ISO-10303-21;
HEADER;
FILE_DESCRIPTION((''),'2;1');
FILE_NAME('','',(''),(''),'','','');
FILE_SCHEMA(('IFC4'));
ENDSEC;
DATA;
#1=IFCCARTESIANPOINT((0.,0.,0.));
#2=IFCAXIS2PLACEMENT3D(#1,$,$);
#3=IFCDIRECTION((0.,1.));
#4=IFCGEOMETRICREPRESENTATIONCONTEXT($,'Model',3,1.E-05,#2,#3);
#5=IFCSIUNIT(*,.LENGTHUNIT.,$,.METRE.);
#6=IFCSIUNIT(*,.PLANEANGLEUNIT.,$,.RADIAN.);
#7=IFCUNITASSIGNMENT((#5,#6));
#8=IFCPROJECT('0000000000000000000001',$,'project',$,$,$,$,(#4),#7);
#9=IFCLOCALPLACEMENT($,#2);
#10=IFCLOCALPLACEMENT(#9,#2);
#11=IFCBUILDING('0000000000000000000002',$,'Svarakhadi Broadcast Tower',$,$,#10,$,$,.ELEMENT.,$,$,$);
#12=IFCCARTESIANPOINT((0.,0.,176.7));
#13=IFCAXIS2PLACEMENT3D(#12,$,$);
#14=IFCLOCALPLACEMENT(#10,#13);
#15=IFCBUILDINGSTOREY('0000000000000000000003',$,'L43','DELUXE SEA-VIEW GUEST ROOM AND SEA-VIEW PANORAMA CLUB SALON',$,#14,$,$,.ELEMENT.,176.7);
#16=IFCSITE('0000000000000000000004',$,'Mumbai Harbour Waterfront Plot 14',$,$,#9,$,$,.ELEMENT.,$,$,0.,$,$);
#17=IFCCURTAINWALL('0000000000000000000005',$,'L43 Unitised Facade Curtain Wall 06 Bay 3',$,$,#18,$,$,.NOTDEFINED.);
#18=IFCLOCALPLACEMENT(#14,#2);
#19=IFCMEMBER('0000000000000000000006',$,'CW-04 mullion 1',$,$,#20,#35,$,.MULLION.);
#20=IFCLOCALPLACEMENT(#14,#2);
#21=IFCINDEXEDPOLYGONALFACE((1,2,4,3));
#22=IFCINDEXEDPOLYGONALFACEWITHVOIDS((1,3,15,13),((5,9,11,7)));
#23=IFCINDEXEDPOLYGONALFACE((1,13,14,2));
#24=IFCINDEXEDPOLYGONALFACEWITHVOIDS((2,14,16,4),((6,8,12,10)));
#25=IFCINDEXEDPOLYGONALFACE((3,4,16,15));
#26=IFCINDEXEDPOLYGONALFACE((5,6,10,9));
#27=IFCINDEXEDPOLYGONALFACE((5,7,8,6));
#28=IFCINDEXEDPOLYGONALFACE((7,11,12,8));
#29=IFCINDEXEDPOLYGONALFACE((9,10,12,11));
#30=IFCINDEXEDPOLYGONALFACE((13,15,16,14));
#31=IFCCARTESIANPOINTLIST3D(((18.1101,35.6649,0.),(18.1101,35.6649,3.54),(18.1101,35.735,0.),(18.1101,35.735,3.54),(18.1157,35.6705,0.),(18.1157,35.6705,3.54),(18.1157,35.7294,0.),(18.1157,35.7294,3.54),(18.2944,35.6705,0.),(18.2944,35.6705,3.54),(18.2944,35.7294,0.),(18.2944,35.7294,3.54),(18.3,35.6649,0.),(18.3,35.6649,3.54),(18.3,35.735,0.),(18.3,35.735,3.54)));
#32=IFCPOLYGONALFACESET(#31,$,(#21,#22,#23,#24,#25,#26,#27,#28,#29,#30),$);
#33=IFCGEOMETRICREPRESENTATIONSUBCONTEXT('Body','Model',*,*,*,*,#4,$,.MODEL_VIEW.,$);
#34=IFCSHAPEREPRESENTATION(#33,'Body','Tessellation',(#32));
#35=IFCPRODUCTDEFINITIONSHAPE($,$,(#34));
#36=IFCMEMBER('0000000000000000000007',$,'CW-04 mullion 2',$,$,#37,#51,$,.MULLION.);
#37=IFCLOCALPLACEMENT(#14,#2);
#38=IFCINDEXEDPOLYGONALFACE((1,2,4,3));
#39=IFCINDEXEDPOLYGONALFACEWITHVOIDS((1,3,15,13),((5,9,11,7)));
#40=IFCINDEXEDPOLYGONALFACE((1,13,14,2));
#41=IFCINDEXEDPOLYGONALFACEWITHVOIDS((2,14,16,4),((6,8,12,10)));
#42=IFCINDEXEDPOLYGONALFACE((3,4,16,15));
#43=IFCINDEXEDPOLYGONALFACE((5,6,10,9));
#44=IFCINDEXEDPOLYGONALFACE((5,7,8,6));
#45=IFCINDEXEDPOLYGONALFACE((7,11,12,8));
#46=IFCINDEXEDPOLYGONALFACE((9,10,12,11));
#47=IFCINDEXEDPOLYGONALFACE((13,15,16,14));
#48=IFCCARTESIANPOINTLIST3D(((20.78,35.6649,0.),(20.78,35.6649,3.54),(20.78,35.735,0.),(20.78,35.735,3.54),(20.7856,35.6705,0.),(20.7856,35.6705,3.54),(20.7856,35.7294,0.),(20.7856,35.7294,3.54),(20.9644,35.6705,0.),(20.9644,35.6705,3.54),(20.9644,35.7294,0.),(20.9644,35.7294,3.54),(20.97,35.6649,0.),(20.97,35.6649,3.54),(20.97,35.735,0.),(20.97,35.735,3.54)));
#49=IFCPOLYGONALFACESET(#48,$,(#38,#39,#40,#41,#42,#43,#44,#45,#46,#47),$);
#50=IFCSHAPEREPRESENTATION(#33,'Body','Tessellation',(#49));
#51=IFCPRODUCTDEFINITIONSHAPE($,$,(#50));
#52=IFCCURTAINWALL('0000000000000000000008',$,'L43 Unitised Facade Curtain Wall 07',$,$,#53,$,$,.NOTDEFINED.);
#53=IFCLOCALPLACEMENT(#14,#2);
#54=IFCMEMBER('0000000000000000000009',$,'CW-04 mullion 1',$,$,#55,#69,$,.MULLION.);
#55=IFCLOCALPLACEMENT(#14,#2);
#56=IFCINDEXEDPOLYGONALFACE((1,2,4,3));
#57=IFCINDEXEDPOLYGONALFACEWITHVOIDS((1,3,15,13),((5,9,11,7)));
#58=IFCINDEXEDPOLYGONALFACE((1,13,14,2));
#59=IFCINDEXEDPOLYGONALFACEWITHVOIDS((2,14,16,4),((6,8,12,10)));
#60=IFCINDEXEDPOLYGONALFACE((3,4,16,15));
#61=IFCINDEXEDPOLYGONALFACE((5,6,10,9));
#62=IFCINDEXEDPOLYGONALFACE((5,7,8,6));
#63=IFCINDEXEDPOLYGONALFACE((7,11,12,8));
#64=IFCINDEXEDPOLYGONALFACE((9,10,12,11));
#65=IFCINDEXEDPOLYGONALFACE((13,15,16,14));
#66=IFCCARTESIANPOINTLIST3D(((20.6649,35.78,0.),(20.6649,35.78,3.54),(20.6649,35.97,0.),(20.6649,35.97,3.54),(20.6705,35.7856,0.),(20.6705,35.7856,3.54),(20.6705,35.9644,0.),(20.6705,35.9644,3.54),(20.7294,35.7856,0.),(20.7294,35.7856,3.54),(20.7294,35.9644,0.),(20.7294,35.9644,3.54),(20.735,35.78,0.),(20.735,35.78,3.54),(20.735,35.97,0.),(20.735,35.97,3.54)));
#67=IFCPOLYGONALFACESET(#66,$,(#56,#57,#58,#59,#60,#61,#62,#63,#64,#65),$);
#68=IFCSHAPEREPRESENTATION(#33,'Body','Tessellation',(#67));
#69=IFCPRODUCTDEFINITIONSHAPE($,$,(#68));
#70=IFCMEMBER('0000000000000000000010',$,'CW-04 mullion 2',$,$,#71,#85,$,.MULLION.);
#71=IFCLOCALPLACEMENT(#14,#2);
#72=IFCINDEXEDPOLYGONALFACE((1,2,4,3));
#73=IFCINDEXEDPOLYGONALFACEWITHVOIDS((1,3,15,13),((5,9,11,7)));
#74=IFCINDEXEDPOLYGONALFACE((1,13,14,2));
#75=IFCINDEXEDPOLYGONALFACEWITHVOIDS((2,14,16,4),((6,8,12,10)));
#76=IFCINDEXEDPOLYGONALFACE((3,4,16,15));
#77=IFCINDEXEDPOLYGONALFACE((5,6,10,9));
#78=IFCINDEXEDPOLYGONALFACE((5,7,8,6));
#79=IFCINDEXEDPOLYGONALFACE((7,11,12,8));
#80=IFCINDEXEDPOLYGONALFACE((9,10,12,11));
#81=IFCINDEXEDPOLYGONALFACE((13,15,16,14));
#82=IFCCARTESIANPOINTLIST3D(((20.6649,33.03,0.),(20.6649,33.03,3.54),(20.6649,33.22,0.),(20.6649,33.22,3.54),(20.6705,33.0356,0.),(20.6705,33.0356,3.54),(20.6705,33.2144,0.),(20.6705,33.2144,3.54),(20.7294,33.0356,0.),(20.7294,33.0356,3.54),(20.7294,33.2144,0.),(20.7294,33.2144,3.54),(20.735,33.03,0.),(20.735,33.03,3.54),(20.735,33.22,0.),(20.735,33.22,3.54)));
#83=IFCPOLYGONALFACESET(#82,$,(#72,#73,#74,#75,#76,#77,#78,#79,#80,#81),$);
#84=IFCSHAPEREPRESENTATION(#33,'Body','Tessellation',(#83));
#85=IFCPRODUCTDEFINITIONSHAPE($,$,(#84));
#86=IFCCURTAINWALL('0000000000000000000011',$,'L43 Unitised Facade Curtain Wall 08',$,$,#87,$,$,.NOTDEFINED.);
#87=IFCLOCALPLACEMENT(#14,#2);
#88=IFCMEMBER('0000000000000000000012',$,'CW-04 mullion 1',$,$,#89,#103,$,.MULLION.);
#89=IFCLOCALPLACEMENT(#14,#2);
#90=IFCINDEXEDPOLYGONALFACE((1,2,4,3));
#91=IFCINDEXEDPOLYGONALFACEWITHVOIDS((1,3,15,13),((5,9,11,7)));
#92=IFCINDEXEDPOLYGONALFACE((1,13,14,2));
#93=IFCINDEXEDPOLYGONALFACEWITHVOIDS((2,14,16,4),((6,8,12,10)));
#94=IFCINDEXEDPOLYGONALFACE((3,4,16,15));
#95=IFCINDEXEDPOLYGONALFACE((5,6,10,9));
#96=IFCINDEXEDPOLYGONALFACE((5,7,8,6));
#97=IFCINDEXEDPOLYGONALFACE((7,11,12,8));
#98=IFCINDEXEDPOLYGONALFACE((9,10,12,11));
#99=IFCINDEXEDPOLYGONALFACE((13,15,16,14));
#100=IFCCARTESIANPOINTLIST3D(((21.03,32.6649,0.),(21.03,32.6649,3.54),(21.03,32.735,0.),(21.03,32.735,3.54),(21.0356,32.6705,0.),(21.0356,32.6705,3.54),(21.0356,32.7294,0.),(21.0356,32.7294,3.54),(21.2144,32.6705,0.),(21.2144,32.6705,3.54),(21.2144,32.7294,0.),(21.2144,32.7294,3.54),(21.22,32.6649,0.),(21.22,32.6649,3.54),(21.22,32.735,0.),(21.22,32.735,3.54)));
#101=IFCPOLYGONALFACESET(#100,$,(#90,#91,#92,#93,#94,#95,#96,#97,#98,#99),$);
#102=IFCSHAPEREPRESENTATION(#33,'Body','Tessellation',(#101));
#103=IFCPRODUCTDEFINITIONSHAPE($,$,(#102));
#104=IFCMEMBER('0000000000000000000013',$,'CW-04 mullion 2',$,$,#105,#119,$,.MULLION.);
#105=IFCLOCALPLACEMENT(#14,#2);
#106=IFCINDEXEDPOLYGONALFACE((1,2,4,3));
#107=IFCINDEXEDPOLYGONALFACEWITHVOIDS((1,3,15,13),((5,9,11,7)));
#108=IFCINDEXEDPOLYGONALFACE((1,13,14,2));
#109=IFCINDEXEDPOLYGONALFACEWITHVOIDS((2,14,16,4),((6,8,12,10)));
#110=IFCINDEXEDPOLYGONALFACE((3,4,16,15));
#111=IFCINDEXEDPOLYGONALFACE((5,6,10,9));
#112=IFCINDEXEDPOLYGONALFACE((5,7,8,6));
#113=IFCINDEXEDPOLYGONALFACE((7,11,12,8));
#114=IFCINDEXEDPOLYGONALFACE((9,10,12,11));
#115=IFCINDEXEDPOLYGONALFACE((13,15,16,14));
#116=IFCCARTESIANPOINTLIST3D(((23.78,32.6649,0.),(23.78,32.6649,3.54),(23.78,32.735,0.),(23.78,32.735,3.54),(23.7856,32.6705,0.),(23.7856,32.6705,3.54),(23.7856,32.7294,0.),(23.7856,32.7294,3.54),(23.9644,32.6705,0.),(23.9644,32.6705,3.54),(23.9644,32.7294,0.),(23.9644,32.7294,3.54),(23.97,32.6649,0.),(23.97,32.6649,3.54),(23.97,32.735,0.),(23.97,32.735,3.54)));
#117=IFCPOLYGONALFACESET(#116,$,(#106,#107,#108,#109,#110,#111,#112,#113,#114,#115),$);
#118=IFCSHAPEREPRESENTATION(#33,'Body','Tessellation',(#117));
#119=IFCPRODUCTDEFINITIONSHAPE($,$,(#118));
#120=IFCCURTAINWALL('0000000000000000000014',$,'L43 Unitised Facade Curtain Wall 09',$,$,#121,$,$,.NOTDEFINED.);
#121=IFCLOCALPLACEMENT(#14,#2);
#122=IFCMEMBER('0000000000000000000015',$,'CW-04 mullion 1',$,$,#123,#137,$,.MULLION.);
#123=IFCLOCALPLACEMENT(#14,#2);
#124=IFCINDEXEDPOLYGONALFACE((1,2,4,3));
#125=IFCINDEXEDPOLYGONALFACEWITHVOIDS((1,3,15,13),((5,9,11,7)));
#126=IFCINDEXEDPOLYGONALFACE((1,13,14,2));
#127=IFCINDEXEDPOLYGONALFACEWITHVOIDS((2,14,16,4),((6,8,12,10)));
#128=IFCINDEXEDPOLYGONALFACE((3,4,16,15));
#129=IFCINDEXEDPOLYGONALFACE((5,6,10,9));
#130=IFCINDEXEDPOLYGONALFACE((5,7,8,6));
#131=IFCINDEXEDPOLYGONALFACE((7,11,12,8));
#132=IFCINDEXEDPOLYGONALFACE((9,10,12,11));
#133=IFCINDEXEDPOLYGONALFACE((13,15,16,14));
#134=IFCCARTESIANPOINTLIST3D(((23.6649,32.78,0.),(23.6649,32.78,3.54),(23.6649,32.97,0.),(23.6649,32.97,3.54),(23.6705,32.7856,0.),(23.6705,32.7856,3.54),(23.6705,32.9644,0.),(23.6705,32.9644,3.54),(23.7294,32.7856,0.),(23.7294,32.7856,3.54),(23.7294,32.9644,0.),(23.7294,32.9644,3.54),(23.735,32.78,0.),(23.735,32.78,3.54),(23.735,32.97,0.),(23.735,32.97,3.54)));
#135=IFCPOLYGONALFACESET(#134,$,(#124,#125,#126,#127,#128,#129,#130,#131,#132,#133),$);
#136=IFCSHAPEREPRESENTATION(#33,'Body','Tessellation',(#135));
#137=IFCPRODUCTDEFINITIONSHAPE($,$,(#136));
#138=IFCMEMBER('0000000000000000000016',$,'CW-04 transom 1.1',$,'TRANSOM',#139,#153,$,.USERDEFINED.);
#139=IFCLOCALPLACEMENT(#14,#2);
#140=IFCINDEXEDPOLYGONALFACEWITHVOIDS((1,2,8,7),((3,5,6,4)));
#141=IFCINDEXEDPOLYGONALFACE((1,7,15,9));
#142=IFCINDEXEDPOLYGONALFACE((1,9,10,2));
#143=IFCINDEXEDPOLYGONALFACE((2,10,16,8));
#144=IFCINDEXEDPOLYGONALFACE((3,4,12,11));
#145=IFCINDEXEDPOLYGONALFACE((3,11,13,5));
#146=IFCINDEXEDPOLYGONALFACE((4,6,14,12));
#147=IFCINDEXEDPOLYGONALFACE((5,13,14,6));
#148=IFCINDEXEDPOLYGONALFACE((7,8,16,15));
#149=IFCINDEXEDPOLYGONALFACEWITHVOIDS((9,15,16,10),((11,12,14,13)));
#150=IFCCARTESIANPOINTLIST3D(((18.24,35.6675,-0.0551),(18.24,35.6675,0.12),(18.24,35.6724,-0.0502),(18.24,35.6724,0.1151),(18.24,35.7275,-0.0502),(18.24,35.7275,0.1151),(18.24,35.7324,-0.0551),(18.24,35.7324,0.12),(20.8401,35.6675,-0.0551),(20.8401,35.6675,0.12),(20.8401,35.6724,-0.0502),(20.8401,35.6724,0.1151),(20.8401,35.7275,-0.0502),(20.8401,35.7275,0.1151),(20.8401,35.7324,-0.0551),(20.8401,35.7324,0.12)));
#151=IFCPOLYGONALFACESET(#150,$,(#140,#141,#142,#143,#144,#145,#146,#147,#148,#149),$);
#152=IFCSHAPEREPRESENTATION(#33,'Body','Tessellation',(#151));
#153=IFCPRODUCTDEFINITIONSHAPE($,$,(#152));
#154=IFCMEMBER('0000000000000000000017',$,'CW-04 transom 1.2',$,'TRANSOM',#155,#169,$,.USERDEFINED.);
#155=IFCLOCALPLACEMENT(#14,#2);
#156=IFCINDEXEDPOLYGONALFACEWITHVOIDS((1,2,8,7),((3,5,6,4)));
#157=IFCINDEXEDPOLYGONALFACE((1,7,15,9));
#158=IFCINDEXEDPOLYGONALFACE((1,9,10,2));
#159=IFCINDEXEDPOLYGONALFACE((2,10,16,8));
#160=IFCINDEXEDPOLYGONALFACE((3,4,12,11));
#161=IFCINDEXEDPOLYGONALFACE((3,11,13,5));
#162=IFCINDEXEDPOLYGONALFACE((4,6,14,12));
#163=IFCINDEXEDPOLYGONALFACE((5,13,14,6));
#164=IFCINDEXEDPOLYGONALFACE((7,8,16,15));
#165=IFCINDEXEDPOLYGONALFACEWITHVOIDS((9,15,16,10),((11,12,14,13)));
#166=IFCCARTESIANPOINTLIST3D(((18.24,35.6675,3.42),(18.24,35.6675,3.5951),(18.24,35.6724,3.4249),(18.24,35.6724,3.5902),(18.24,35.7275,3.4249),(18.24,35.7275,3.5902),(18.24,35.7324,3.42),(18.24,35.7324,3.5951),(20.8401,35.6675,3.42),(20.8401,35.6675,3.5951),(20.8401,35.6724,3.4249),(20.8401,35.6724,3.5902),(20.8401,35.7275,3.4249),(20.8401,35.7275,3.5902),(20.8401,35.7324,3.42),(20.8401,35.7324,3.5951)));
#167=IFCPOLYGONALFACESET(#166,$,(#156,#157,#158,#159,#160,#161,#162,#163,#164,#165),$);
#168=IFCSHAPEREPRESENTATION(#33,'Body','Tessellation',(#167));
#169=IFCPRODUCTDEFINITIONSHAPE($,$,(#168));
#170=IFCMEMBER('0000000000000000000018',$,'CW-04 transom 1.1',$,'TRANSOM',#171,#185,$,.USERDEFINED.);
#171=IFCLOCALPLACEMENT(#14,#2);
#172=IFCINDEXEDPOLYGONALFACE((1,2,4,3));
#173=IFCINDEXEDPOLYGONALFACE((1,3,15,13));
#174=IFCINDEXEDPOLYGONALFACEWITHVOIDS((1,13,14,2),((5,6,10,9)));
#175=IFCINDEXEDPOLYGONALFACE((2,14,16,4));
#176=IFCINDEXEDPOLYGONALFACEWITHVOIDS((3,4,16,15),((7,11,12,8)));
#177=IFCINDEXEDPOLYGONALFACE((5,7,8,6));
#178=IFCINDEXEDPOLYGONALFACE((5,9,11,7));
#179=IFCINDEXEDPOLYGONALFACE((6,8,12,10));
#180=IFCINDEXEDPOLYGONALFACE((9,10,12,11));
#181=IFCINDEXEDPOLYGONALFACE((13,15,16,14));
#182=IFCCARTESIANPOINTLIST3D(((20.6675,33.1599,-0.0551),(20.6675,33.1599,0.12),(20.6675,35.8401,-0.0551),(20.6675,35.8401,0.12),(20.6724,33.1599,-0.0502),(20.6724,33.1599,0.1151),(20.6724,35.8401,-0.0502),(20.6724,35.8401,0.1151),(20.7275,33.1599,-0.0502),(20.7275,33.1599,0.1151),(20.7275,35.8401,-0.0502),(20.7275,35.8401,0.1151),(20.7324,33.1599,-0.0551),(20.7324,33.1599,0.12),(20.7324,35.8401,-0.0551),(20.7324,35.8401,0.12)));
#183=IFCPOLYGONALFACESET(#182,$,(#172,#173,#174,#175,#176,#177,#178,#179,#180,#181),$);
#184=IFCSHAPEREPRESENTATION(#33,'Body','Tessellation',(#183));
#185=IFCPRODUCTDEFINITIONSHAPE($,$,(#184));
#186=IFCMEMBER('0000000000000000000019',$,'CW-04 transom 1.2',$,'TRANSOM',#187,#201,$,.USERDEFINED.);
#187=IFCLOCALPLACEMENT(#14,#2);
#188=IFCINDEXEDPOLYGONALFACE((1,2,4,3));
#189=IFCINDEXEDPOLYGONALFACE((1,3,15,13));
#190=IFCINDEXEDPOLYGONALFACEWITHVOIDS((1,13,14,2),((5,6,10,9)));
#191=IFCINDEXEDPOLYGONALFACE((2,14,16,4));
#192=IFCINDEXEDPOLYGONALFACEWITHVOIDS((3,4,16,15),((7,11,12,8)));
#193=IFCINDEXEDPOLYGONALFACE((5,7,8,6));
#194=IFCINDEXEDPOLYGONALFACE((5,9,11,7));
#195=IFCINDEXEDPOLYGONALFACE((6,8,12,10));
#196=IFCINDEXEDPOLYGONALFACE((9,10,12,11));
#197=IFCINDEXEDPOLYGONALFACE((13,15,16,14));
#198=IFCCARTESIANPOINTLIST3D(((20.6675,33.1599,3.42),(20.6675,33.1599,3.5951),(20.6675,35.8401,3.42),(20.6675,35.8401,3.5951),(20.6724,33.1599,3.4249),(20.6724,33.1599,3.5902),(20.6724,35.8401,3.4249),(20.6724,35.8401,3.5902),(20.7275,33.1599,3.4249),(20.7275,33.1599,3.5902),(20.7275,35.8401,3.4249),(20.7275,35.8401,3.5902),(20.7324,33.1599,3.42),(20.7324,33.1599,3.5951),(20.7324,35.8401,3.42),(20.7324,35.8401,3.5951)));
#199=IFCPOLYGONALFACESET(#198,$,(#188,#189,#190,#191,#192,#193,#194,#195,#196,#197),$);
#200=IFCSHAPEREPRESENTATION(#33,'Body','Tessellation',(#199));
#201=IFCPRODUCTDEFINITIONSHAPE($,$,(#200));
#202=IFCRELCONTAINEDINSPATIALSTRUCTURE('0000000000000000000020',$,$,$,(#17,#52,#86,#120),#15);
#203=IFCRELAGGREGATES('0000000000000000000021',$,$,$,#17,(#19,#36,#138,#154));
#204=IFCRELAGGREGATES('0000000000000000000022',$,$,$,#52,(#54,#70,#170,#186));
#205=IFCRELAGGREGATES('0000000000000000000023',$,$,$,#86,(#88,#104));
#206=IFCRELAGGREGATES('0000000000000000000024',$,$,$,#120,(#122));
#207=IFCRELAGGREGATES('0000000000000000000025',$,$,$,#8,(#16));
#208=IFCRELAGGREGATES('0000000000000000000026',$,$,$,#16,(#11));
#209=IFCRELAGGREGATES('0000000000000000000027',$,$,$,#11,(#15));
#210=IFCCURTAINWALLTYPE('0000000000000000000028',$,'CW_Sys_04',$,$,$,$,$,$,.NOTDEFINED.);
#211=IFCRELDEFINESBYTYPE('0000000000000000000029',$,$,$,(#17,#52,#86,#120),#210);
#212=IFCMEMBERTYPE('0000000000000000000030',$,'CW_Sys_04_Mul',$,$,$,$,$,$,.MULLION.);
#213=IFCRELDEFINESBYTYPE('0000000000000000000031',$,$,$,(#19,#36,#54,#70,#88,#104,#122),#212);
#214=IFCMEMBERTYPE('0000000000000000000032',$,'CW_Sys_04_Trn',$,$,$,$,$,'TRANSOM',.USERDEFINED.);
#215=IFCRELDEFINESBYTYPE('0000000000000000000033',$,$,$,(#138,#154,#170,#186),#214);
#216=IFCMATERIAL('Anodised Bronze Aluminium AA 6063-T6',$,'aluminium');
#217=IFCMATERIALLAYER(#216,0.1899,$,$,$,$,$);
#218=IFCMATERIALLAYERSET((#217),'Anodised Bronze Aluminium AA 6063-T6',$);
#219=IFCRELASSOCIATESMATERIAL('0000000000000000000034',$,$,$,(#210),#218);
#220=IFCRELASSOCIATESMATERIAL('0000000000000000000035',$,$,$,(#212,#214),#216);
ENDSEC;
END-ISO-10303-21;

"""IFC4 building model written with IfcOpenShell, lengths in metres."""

from ifc_helpers import new_model, si_unit, direction, frame, origin, origin_2d, place, context, subcontext, project, spatial, hollow_rectangle, extrude, material, layer, layer_set, material_profile, profile_set, type_object, element, aggregate, save


model = new_model("IFC4")

# Units and contexts
model_context = context("Model", 3, precision=1e-05, world=origin(), true_north=direction((0.0, 1.0)))
body_context = subcontext(model_context, "Body", "Model", "MODEL_VIEW")
ifc_project = project(units=[si_unit("LENGTHUNIT", "METRE"), si_unit("PLANEANGLEUNIT", "RADIAN")], contexts=[model_context])

# Site, building, storey
site_placement = place(None, origin())
site = spatial("IfcSite", under=ifc_project, at=site_placement, Name="Mumbai Harbour Waterfront Plot 14", CompositionType="ELEMENT", RefElevation=0.0)
building_placement = place(site_placement, origin())
building = spatial("IfcBuilding", under=site, at=building_placement, Name="Svarakhadi Broadcast Tower", CompositionType="ELEMENT")
storey_placement = place(building_placement, frame((0.0, 0.0, 176.7)))
storey = spatial("IfcBuildingStorey", under=building, at=storey_placement, Name="L43", Description="DELUXE SEA-VIEW GUEST ROOM AND SEA-VIEW PANORAMA CLUB SALON", CompositionType="ELEMENT", Elevation=176.7)

# Curtain walls, members
ifc_material_1 = material(Name="Anodised Bronze Aluminium AA 6063-T6", Category="aluminium")
ifc_layer_1 = layer(ifc_material_1, 0.1899)
ifc_layer_set_1 = layer_set([ifc_layer_1], Name="Anodised Bronze Aluminium AA 6063-T6")
curtain_wall_type = type_object("IfcCurtainWallType", Name="CW_Sys_04", PredefinedType="NOTDEFINED", material=ifc_layer_set_1)
curtain_wall_1_placement = place(storey_placement, origin())
curtain_wall_1 = element("IfcCurtainWall", 1, at=curtain_wall_1_placement, inside=storey, type_object=curtain_wall_type, Name="L43 Unitised Facade Curtain Wall 06 Bay 3", PredefinedType="NOTDEFINED")
ifc_material_profile_1 = material_profile(ifc_material_1, hollow_rectangle(XDim=0.0701, YDim=0.1899, WallThickness=0.0056, at=origin_2d()), Name="ALU MULLION 190x70x6")
ifc_profile_set_1 = profile_set([ifc_material_profile_1], Name="Anodised Bronze Aluminium AA 6063-T6")
member_type_1 = type_object("IfcMemberType", Name="CW_Sys_04_Mul", PredefinedType="MULLION", material=ifc_profile_set_1)
member_1_placement = place(storey_placement, frame((18.2051, 35.7, 0.0), z_axis=(0.0, 0.0, 1.0), x_axis=(0.0, 1.0, 0.0)))
member_1 = element("IfcMember", 2, at=member_1_placement, type_object=member_type_1, Name="CW-04 mullion 1", PredefinedType="MULLION", context=body_context, shape_type="SweptSolid", body=[
    extrude(hollow_rectangle(XDim=0.0701, YDim=0.1899, WallThickness=0.0056, at=origin_2d()), origin(), (0.0, 0.0, 1.0), 3.54),
])
member_2_placement = place(storey_placement, frame((20.875, 35.7, 0.0), z_axis=(0.0, 0.0, 1.0), x_axis=(0.0, 1.0, 0.0)))
member_2 = element("IfcMember", 3, at=member_2_placement, type_object=member_type_1, Name="CW-04 mullion 2", PredefinedType="MULLION", context=body_context, shape_type="SweptSolid", body=[
    extrude(hollow_rectangle(XDim=0.0701, YDim=0.1899, WallThickness=0.0056, at=origin_2d()), origin(), (0.0, 0.0, 1.0), 3.54),
])
curtain_wall_2_placement = place(storey_placement, origin())
curtain_wall_2 = element("IfcCurtainWall", 4, at=curtain_wall_2_placement, inside=storey, type_object=curtain_wall_type, Name="L43 Unitised Facade Curtain Wall 07", PredefinedType="NOTDEFINED")
member_3_placement = place(storey_placement, frame((20.7, 35.875, 0.0), z_axis=(0.0, 0.0, 1.0), x_axis=(1.0, 0.0, 0.0)))
member_3 = element("IfcMember", 5, at=member_3_placement, type_object=member_type_1, Name="CW-04 mullion 1", PredefinedType="MULLION", context=body_context, shape_type="SweptSolid", body=[
    extrude(hollow_rectangle(XDim=0.0701, YDim=0.1899, WallThickness=0.0056, at=origin_2d()), origin(), (0.0, 0.0, 1.0), 3.54),
])
member_4_placement = place(storey_placement, frame((20.7, 33.125, 0.0), z_axis=(0.0, 0.0, 1.0), x_axis=(1.0, 0.0, 0.0)))
member_4 = element("IfcMember", 6, at=member_4_placement, type_object=member_type_1, Name="CW-04 mullion 2", PredefinedType="MULLION", context=body_context, shape_type="SweptSolid", body=[
    extrude(hollow_rectangle(XDim=0.0701, YDim=0.1899, WallThickness=0.0056, at=origin_2d()), origin(), (0.0, 0.0, 1.0), 3.54),
])
curtain_wall_3_placement = place(storey_placement, origin())
curtain_wall_3 = element("IfcCurtainWall", 7, at=curtain_wall_3_placement, inside=storey, type_object=curtain_wall_type, Name="L43 Unitised Facade Curtain Wall 08", PredefinedType="NOTDEFINED")
member_5_placement = place(storey_placement, frame((21.125, 32.7, 0.0), z_axis=(0.0, 0.0, 1.0), x_axis=(0.0, 1.0, 0.0)))
member_5 = element("IfcMember", 8, at=member_5_placement, type_object=member_type_1, Name="CW-04 mullion 1", PredefinedType="MULLION", context=body_context, shape_type="SweptSolid", body=[
    extrude(hollow_rectangle(XDim=0.0701, YDim=0.1899, WallThickness=0.0056, at=origin_2d()), origin(), (0.0, 0.0, 1.0), 3.54),
])
member_6_placement = place(storey_placement, frame((23.875, 32.7, 0.0), z_axis=(0.0, 0.0, 1.0), x_axis=(0.0, 1.0, 0.0)))
member_6 = element("IfcMember", 9, at=member_6_placement, type_object=member_type_1, Name="CW-04 mullion 2", PredefinedType="MULLION", context=body_context, shape_type="SweptSolid", body=[
    extrude(hollow_rectangle(XDim=0.0701, YDim=0.1899, WallThickness=0.0056, at=origin_2d()), origin(), (0.0, 0.0, 1.0), 3.54),
])

# Curtain wall, member
curtain_wall_4_placement = place(storey_placement, origin())
curtain_wall_4 = element("IfcCurtainWall", 10, at=curtain_wall_4_placement, inside=storey, type_object=curtain_wall_type, Name="L43 Unitised Facade Curtain Wall 09", PredefinedType="NOTDEFINED")
member_7_placement = place(storey_placement, frame((23.7, 32.875, 0.0), z_axis=(0.0, 0.0, 1.0), x_axis=(1.0, 0.0, 0.0)))
member_7 = element("IfcMember", 11, at=member_7_placement, type_object=member_type_1, Name="CW-04 mullion 1", PredefinedType="MULLION", context=body_context, shape_type="SweptSolid", body=[
    extrude(hollow_rectangle(XDim=0.0701, YDim=0.1899, WallThickness=0.0056, at=origin_2d()), origin(), (0.0, 0.0, 1.0), 3.54),
])

# Members
ifc_material_profile_2 = material_profile(ifc_material_1, hollow_rectangle(XDim=0.0649, YDim=0.175, WallThickness=0.0049, at=origin_2d()), Name="ALU TRANSOM 175x65x5")
ifc_profile_set_2 = profile_set([ifc_material_profile_2], Name="Anodised Bronze Aluminium AA 6063-T6")
member_type_2 = type_object("IfcMemberType", Name="CW_Sys_04_Trn", ElementType="TRANSOM", PredefinedType="USERDEFINED", material=ifc_profile_set_2)
member_8_placement = place(storey_placement, frame((18.24, 35.7, 0.0325), z_axis=(1.0, 0.0, 0.0), x_axis=(0.0, 1.0, 0.0)))
member_8 = element("IfcMember", 12, at=member_8_placement, type_object=member_type_2, Name="CW-04 transom 1.1", ObjectType="TRANSOM", PredefinedType="USERDEFINED", context=body_context, shape_type="SweptSolid", body=[
    extrude(hollow_rectangle(XDim=0.0649, YDim=0.175, WallThickness=0.0049, at=origin_2d()), origin(), (0.0, 0.0, 1.0), 2.6001),
])
member_9_placement = place(storey_placement, frame((18.24, 35.7, 3.5076), z_axis=(1.0, 0.0, 0.0), x_axis=(0.0, 1.0, 0.0)))
member_9 = element("IfcMember", 13, at=member_9_placement, type_object=member_type_2, Name="CW-04 transom 1.2", ObjectType="TRANSOM", PredefinedType="USERDEFINED", context=body_context, shape_type="SweptSolid", body=[
    extrude(hollow_rectangle(XDim=0.0649, YDim=0.175, WallThickness=0.0049, at=origin_2d()), origin(), (0.0, 0.0, 1.0), 2.6001),
])
member_10_placement = place(storey_placement, frame((20.7, 35.8401, 0.0325), z_axis=(0.0, -1.0, 0.0), x_axis=(1.0, 0.0, 0.0)))
member_10 = element("IfcMember", 14, at=member_10_placement, type_object=member_type_2, Name="CW-04 transom 1.1", ObjectType="TRANSOM", PredefinedType="USERDEFINED", context=body_context, shape_type="SweptSolid", body=[
    extrude(hollow_rectangle(XDim=0.0649, YDim=0.175, WallThickness=0.0049, at=origin_2d()), origin(), (0.0, 0.0, 1.0), 2.6802),
])
member_11_placement = place(storey_placement, frame((20.7, 35.8401, 3.5076), z_axis=(0.0, -1.0, 0.0), x_axis=(1.0, 0.0, 0.0)))
member_11 = element("IfcMember", 15, at=member_11_placement, type_object=member_type_2, Name="CW-04 transom 1.2", ObjectType="TRANSOM", PredefinedType="USERDEFINED", context=body_context, shape_type="SweptSolid", body=[
    extrude(hollow_rectangle(XDim=0.0649, YDim=0.175, WallThickness=0.0049, at=origin_2d()), origin(), (0.0, 0.0, 1.0), 2.6802),
])

aggregate(curtain_wall_1, [member_1, member_2, member_8, member_9])
aggregate(curtain_wall_2, [member_3, member_4, member_10, member_11])
aggregate(curtain_wall_3, [member_5, member_6])
aggregate(curtain_wall_4, [member_7])

save(model, "model.ifc")
